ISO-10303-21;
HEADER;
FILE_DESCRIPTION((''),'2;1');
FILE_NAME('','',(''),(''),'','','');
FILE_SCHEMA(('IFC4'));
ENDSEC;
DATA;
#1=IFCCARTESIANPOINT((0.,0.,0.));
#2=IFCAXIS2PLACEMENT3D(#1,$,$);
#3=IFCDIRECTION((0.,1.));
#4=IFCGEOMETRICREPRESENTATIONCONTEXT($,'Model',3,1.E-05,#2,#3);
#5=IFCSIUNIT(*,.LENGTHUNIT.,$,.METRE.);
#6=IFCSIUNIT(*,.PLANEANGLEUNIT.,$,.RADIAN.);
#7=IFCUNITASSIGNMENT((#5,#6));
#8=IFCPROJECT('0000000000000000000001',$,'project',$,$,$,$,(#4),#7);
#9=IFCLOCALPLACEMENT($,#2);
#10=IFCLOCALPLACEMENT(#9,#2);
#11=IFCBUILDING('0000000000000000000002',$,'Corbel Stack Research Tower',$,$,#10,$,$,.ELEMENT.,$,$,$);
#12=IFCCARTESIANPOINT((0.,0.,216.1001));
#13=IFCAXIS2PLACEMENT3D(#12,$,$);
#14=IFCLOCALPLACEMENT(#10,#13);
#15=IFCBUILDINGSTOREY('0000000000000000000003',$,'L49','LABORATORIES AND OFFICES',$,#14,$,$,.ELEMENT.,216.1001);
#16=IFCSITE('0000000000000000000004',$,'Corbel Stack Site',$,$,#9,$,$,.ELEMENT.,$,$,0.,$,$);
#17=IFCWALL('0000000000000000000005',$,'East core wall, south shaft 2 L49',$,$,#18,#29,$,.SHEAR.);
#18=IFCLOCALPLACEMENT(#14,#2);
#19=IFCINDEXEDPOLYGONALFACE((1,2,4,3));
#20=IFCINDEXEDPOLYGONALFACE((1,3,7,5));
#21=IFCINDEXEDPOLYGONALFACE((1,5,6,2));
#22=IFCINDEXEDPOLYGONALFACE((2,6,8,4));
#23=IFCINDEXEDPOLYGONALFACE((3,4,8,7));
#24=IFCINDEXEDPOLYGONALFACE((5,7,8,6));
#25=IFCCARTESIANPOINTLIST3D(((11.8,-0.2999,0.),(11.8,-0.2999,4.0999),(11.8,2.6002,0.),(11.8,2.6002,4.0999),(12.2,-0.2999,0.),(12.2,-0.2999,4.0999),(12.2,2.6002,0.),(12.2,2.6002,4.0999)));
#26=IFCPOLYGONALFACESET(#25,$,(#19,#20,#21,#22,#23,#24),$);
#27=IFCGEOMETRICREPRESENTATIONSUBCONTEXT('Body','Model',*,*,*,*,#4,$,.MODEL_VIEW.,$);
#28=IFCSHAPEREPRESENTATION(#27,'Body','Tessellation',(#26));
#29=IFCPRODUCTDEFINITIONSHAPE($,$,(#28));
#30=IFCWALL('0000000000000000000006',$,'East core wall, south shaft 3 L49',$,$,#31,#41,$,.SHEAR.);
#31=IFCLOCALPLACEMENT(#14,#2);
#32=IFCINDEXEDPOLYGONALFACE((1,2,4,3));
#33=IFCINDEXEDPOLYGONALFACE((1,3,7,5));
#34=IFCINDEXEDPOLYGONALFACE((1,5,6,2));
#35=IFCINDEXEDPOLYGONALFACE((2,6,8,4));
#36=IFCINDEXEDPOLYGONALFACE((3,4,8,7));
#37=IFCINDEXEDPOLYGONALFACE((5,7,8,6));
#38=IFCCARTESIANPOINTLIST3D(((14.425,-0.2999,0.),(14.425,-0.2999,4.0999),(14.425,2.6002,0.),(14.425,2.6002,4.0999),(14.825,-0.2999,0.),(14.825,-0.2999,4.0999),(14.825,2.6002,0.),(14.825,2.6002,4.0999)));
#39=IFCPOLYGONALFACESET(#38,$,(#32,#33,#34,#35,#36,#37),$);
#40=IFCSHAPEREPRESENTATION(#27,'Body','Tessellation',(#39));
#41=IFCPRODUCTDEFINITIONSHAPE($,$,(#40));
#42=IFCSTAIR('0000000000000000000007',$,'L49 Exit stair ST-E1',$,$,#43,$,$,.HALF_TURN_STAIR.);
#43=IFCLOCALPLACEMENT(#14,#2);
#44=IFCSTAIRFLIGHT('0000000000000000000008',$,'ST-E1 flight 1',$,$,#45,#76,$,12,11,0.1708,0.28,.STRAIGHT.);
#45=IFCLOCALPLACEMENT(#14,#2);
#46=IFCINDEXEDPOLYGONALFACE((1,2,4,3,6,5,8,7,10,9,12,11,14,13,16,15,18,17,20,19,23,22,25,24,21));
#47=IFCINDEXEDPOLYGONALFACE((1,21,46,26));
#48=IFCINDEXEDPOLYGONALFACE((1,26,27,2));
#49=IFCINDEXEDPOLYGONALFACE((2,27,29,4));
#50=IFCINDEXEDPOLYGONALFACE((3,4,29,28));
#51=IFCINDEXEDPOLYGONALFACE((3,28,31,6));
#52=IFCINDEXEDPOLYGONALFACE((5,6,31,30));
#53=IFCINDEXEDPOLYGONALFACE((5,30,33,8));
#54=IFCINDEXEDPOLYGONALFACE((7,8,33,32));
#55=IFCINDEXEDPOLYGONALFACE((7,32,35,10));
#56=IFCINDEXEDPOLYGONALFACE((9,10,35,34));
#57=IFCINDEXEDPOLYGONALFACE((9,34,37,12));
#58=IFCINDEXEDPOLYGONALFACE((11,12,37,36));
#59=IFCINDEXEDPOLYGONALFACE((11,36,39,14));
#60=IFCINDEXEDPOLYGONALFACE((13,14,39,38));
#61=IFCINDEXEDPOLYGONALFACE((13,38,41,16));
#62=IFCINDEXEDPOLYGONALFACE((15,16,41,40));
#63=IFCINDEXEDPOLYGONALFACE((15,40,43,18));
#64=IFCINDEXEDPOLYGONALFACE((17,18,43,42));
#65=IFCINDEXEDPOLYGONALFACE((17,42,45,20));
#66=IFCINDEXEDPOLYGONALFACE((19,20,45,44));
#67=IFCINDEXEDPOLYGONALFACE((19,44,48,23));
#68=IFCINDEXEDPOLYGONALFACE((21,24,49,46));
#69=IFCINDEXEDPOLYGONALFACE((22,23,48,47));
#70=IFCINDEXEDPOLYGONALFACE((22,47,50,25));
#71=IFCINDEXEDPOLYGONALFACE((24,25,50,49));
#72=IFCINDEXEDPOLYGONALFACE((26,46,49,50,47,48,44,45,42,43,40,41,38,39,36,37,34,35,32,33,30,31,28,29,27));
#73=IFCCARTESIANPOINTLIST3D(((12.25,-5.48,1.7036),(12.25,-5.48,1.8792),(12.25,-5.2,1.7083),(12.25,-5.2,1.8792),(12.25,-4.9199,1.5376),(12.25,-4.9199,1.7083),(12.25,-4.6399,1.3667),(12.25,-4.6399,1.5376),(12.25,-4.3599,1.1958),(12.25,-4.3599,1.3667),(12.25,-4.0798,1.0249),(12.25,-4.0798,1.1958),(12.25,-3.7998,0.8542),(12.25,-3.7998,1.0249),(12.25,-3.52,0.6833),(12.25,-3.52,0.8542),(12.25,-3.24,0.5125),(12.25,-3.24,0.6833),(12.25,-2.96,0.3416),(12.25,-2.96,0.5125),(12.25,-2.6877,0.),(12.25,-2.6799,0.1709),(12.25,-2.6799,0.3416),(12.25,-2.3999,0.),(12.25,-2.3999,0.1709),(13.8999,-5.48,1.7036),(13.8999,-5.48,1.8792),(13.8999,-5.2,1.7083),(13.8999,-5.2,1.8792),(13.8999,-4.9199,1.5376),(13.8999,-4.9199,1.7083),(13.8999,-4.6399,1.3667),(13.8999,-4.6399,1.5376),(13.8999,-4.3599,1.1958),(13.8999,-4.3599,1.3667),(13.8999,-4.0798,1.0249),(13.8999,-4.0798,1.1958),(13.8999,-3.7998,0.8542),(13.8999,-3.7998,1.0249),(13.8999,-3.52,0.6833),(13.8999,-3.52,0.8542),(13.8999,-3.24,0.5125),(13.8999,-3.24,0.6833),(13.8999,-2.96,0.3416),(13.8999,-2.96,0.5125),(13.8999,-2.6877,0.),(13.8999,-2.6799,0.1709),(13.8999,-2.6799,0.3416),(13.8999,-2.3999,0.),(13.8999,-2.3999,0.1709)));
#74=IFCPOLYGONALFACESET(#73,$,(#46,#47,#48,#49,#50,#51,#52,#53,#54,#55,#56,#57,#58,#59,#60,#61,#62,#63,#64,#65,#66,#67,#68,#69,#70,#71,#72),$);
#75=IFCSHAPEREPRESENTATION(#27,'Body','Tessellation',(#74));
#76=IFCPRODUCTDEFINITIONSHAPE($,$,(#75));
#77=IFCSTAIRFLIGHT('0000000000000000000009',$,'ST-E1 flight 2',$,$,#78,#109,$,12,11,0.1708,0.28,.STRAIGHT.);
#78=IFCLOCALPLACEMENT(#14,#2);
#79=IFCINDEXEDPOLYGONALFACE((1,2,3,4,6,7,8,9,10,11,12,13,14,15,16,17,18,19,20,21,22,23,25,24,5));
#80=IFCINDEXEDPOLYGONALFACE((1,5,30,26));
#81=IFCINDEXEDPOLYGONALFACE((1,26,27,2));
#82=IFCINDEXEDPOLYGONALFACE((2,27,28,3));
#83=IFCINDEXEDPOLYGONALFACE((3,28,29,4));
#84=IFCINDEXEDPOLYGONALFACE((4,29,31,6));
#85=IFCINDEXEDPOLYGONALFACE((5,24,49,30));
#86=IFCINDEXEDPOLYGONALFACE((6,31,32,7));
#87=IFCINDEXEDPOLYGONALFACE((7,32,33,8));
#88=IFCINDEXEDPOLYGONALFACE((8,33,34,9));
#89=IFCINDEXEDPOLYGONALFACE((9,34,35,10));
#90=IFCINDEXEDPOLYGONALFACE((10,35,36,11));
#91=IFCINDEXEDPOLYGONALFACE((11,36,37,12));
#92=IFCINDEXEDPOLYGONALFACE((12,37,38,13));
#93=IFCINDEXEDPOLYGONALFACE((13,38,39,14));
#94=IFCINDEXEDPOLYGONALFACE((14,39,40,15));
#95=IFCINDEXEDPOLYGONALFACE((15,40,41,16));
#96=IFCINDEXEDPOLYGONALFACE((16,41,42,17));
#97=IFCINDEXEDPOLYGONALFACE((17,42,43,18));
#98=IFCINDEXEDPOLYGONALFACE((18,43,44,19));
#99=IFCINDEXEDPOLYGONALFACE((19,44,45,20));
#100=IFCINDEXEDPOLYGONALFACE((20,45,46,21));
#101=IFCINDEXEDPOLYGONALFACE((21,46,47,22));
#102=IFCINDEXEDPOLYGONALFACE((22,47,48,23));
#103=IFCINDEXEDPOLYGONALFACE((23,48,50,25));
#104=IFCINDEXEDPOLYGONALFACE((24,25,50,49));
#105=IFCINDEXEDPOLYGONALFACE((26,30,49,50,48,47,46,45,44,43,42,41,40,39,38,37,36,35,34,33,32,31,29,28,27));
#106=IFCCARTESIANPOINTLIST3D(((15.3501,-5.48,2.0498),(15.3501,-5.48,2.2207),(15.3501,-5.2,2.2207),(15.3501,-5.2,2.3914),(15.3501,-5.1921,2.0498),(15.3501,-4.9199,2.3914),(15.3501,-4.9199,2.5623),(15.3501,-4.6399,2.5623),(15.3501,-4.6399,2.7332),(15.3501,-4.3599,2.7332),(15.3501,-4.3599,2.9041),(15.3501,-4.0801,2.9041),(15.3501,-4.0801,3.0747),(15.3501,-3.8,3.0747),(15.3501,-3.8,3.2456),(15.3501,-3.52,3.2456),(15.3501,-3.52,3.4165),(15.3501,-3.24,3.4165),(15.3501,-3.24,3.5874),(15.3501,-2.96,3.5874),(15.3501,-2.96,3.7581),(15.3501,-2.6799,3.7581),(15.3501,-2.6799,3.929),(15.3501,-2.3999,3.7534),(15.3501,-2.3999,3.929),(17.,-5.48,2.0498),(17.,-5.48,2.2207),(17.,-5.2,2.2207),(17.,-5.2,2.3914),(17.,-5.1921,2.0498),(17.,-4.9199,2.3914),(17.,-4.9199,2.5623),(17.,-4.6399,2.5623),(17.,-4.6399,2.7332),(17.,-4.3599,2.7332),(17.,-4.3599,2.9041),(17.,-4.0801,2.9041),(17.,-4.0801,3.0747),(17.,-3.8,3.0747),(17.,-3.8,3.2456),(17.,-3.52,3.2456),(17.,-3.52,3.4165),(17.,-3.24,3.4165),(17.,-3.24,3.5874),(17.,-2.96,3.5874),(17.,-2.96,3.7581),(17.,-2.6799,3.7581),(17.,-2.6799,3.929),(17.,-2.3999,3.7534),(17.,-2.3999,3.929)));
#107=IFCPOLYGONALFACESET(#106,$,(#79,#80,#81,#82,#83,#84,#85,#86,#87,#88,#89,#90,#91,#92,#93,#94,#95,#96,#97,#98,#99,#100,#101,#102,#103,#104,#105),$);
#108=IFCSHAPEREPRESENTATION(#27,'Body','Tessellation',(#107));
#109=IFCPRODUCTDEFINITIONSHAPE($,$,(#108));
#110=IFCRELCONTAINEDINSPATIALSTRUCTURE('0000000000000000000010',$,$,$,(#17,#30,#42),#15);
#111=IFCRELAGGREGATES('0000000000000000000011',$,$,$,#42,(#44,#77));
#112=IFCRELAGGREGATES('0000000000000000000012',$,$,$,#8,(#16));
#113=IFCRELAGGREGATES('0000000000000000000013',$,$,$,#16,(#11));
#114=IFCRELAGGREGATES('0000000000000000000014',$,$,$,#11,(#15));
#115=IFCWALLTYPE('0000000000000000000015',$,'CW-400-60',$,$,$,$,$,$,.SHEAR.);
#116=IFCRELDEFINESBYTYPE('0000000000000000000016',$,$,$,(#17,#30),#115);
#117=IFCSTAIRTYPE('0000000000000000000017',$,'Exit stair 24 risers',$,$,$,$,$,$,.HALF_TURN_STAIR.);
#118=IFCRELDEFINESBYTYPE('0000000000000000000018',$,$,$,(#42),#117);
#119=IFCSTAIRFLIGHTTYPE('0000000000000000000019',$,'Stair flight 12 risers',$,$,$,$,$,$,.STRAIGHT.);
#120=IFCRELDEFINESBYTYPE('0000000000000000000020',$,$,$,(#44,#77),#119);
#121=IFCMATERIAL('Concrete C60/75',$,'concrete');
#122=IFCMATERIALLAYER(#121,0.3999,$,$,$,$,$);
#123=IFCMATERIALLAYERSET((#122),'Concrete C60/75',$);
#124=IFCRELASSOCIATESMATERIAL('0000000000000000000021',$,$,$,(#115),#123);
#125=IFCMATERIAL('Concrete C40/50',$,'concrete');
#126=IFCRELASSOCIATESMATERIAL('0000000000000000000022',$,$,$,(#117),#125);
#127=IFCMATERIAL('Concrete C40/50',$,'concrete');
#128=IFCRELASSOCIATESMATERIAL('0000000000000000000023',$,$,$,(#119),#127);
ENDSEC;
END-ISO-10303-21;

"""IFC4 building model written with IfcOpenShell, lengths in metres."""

from ifc_helpers import new_model, si_unit, direction, frame, frame_2d, origin, place, context, subcontext, project, spatial, polyline, rectangle, outline, extrude, material, layer, layer_set, type_object, element, aggregate, save


model = new_model("IFC4")

# Units and contexts
model_context = context("Model", 3, precision=1e-05, world=origin(), true_north=direction((0.0, 1.0)))
body_context = subcontext(model_context, "Body", "Model", "MODEL_VIEW")
ifc_project = project(units=[si_unit("LENGTHUNIT", "METRE"), si_unit("PLANEANGLEUNIT", "RADIAN")], contexts=[model_context])

# Site, building, storey
site_placement = place(None, origin())
site = spatial("IfcSite", under=ifc_project, at=site_placement, Name="Corbel Stack Site", CompositionType="ELEMENT", RefElevation=0.0)
building_placement = place(site_placement, origin())
building = spatial("IfcBuilding", under=site, at=building_placement, Name="Corbel Stack Research Tower", CompositionType="ELEMENT")
storey_placement = place(building_placement, frame((0.0, 0.0, 216.1001)))
storey = spatial("IfcBuildingStorey", under=building, at=storey_placement, Name="L49", Description="LABORATORIES AND OFFICES", CompositionType="ELEMENT", Elevation=216.1001)

# Walls
ifc_material_1 = material(Name="Concrete C60/75", Category="concrete")
ifc_layer_1 = layer(ifc_material_1, 0.3999)
ifc_layer_set_1 = layer_set([ifc_layer_1], Name="Concrete C60/75")
wall_type_1 = type_object("IfcWallType", Name="CW-400-60", PredefinedType="SHEAR", material=ifc_layer_set_1)
for number, where, z_axis, x_axis, name in (
    (1, (12.0, -0.3, 0.0), (0.0, 0.0, 1.0), (0.0, 1.0, 0.0), "East core wall, south shaft 2 L49"),
    (2, (14.625, -0.3, 0.0), (0.0, 0.0, 1.0), (0.0, 1.0, 0.0), "East core wall, south shaft 3 L49"),
):
    element("IfcWall", number, at=place(storey_placement, frame(where, z_axis=z_axis, x_axis=x_axis)), inside=storey, type_object=wall_type_1, Name=name, PredefinedType="SHEAR", context=body_context, shape_type="SweptSolid", body=[
        extrude(rectangle(XDim=2.9001, YDim=0.3999, at=frame_2d((1.4502, 0.0))), origin(), (0.0, 0.0, 1.0), 4.0999),
    ])

# Stair, stair flights
ifc_material_2 = material(Name="Concrete C40/50", Category="concrete")
stair_type = type_object("IfcStairType", Name="Exit stair 24 risers", PredefinedType="HALF_TURN_STAIR", material=ifc_material_2)
stair_placement = place(storey_placement, origin())
stair = element("IfcStair", 3, at=stair_placement, inside=storey, type_object=stair_type, Name="L49 Exit stair ST-E1", PredefinedType="HALF_TURN_STAIR")
ifc_material_3 = material(Name="Concrete C40/50", Category="concrete")
stair_flight_type = type_object("IfcStairFlightType", Name="Stair flight 12 risers", PredefinedType="STRAIGHT", material=ifc_material_3)
stair_flight_1_placement = place(storey_placement, frame((13.075, -2.3999, 0.0), z_axis=(0.0, 0.0, 1.0), x_axis=(0.0, -1.0, 0.0)))
stair_flight_1 = element("IfcStairFlight", 4, at=stair_flight_1_placement, type_object=stair_flight_type, Name="ST-E1 flight 1", NumberOfRisers=12, NumberOfTreads=11, PredefinedType="STRAIGHT", RiserHeight=0.1708, TreadLength=0.28, context=body_context, shape_type="SweptSolid", body=[
    extrude(outline(polyline([(0.0, 0.0), (0.0, 0.1709), (0.28, 0.1709), (0.28, 0.3416), (0.5601, 0.3416), (0.5601, 0.5125), (0.8401, 0.5125), (0.8401, 0.6833), (1.1201, 0.6833), (1.1201, 0.8542), (1.3999, 0.8542), (1.3999, 1.0249), (1.6799, 1.0249), (1.6799, 1.1958), (1.96, 1.1958), (1.96, 1.3667), (2.24, 1.3667), (2.24, 1.5376), (2.52, 1.5376), (2.52, 1.7083), (2.8, 1.7083), (2.8, 1.8792), (3.0801, 1.8792), (3.0801, 2.05), (3.0801, 1.7036), (0.2878, 0.0), (0.0, 0.0)])), frame((0.0, 0.825, 0.0), z_axis=(0.0, -1.0, 0.0), x_axis=(1.0, 0.0, 0.0)), (0.0, 0.0, 1.0), 1.6499),
])
stair_flight_2_placement = place(storey_placement, frame((16.175, -5.48, 2.0498), z_axis=(0.0, 0.0, 1.0), x_axis=(0.0, 1.0, 0.0)))
stair_flight_2 = element("IfcStairFlight", 5, at=stair_flight_2_placement, type_object=stair_flight_type, Name="ST-E1 flight 2", NumberOfRisers=12, NumberOfTreads=11, PredefinedType="STRAIGHT", RiserHeight=0.1708, TreadLength=0.28, context=body_context, shape_type="SweptSolid", body=[
    extrude(outline(polyline([(0.0, 0.0), (0.0, 0.1709), (0.28, 0.1709), (0.28, 0.3416), (0.5601, 0.3416), (0.5601, 0.5125), (0.8401, 0.5125), (0.8401, 0.6833), (1.1201, 0.6833), (1.1201, 0.8542), (1.3999, 0.8542), (1.3999, 1.0249), (1.6799, 1.0249), (1.6799, 1.1958), (1.96, 1.1958), (1.96, 1.3667), (2.24, 1.3667), (2.24, 1.5376), (2.52, 1.5376), (2.52, 1.7083), (2.8, 1.7083), (2.8, 1.8792), (3.0801, 1.8792), (3.0801, 2.05), (3.0801, 1.7036), (0.2878, 0.0), (0.0, 0.0)])), frame((0.0, 0.825, 0.0), z_axis=(0.0, -1.0, 0.0), x_axis=(1.0, 0.0, 0.0)), (0.0, 0.0, 1.0), 1.6499),
])
aggregate(stair, [stair_flight_1, stair_flight_2])

save(model, "model.ifc")
